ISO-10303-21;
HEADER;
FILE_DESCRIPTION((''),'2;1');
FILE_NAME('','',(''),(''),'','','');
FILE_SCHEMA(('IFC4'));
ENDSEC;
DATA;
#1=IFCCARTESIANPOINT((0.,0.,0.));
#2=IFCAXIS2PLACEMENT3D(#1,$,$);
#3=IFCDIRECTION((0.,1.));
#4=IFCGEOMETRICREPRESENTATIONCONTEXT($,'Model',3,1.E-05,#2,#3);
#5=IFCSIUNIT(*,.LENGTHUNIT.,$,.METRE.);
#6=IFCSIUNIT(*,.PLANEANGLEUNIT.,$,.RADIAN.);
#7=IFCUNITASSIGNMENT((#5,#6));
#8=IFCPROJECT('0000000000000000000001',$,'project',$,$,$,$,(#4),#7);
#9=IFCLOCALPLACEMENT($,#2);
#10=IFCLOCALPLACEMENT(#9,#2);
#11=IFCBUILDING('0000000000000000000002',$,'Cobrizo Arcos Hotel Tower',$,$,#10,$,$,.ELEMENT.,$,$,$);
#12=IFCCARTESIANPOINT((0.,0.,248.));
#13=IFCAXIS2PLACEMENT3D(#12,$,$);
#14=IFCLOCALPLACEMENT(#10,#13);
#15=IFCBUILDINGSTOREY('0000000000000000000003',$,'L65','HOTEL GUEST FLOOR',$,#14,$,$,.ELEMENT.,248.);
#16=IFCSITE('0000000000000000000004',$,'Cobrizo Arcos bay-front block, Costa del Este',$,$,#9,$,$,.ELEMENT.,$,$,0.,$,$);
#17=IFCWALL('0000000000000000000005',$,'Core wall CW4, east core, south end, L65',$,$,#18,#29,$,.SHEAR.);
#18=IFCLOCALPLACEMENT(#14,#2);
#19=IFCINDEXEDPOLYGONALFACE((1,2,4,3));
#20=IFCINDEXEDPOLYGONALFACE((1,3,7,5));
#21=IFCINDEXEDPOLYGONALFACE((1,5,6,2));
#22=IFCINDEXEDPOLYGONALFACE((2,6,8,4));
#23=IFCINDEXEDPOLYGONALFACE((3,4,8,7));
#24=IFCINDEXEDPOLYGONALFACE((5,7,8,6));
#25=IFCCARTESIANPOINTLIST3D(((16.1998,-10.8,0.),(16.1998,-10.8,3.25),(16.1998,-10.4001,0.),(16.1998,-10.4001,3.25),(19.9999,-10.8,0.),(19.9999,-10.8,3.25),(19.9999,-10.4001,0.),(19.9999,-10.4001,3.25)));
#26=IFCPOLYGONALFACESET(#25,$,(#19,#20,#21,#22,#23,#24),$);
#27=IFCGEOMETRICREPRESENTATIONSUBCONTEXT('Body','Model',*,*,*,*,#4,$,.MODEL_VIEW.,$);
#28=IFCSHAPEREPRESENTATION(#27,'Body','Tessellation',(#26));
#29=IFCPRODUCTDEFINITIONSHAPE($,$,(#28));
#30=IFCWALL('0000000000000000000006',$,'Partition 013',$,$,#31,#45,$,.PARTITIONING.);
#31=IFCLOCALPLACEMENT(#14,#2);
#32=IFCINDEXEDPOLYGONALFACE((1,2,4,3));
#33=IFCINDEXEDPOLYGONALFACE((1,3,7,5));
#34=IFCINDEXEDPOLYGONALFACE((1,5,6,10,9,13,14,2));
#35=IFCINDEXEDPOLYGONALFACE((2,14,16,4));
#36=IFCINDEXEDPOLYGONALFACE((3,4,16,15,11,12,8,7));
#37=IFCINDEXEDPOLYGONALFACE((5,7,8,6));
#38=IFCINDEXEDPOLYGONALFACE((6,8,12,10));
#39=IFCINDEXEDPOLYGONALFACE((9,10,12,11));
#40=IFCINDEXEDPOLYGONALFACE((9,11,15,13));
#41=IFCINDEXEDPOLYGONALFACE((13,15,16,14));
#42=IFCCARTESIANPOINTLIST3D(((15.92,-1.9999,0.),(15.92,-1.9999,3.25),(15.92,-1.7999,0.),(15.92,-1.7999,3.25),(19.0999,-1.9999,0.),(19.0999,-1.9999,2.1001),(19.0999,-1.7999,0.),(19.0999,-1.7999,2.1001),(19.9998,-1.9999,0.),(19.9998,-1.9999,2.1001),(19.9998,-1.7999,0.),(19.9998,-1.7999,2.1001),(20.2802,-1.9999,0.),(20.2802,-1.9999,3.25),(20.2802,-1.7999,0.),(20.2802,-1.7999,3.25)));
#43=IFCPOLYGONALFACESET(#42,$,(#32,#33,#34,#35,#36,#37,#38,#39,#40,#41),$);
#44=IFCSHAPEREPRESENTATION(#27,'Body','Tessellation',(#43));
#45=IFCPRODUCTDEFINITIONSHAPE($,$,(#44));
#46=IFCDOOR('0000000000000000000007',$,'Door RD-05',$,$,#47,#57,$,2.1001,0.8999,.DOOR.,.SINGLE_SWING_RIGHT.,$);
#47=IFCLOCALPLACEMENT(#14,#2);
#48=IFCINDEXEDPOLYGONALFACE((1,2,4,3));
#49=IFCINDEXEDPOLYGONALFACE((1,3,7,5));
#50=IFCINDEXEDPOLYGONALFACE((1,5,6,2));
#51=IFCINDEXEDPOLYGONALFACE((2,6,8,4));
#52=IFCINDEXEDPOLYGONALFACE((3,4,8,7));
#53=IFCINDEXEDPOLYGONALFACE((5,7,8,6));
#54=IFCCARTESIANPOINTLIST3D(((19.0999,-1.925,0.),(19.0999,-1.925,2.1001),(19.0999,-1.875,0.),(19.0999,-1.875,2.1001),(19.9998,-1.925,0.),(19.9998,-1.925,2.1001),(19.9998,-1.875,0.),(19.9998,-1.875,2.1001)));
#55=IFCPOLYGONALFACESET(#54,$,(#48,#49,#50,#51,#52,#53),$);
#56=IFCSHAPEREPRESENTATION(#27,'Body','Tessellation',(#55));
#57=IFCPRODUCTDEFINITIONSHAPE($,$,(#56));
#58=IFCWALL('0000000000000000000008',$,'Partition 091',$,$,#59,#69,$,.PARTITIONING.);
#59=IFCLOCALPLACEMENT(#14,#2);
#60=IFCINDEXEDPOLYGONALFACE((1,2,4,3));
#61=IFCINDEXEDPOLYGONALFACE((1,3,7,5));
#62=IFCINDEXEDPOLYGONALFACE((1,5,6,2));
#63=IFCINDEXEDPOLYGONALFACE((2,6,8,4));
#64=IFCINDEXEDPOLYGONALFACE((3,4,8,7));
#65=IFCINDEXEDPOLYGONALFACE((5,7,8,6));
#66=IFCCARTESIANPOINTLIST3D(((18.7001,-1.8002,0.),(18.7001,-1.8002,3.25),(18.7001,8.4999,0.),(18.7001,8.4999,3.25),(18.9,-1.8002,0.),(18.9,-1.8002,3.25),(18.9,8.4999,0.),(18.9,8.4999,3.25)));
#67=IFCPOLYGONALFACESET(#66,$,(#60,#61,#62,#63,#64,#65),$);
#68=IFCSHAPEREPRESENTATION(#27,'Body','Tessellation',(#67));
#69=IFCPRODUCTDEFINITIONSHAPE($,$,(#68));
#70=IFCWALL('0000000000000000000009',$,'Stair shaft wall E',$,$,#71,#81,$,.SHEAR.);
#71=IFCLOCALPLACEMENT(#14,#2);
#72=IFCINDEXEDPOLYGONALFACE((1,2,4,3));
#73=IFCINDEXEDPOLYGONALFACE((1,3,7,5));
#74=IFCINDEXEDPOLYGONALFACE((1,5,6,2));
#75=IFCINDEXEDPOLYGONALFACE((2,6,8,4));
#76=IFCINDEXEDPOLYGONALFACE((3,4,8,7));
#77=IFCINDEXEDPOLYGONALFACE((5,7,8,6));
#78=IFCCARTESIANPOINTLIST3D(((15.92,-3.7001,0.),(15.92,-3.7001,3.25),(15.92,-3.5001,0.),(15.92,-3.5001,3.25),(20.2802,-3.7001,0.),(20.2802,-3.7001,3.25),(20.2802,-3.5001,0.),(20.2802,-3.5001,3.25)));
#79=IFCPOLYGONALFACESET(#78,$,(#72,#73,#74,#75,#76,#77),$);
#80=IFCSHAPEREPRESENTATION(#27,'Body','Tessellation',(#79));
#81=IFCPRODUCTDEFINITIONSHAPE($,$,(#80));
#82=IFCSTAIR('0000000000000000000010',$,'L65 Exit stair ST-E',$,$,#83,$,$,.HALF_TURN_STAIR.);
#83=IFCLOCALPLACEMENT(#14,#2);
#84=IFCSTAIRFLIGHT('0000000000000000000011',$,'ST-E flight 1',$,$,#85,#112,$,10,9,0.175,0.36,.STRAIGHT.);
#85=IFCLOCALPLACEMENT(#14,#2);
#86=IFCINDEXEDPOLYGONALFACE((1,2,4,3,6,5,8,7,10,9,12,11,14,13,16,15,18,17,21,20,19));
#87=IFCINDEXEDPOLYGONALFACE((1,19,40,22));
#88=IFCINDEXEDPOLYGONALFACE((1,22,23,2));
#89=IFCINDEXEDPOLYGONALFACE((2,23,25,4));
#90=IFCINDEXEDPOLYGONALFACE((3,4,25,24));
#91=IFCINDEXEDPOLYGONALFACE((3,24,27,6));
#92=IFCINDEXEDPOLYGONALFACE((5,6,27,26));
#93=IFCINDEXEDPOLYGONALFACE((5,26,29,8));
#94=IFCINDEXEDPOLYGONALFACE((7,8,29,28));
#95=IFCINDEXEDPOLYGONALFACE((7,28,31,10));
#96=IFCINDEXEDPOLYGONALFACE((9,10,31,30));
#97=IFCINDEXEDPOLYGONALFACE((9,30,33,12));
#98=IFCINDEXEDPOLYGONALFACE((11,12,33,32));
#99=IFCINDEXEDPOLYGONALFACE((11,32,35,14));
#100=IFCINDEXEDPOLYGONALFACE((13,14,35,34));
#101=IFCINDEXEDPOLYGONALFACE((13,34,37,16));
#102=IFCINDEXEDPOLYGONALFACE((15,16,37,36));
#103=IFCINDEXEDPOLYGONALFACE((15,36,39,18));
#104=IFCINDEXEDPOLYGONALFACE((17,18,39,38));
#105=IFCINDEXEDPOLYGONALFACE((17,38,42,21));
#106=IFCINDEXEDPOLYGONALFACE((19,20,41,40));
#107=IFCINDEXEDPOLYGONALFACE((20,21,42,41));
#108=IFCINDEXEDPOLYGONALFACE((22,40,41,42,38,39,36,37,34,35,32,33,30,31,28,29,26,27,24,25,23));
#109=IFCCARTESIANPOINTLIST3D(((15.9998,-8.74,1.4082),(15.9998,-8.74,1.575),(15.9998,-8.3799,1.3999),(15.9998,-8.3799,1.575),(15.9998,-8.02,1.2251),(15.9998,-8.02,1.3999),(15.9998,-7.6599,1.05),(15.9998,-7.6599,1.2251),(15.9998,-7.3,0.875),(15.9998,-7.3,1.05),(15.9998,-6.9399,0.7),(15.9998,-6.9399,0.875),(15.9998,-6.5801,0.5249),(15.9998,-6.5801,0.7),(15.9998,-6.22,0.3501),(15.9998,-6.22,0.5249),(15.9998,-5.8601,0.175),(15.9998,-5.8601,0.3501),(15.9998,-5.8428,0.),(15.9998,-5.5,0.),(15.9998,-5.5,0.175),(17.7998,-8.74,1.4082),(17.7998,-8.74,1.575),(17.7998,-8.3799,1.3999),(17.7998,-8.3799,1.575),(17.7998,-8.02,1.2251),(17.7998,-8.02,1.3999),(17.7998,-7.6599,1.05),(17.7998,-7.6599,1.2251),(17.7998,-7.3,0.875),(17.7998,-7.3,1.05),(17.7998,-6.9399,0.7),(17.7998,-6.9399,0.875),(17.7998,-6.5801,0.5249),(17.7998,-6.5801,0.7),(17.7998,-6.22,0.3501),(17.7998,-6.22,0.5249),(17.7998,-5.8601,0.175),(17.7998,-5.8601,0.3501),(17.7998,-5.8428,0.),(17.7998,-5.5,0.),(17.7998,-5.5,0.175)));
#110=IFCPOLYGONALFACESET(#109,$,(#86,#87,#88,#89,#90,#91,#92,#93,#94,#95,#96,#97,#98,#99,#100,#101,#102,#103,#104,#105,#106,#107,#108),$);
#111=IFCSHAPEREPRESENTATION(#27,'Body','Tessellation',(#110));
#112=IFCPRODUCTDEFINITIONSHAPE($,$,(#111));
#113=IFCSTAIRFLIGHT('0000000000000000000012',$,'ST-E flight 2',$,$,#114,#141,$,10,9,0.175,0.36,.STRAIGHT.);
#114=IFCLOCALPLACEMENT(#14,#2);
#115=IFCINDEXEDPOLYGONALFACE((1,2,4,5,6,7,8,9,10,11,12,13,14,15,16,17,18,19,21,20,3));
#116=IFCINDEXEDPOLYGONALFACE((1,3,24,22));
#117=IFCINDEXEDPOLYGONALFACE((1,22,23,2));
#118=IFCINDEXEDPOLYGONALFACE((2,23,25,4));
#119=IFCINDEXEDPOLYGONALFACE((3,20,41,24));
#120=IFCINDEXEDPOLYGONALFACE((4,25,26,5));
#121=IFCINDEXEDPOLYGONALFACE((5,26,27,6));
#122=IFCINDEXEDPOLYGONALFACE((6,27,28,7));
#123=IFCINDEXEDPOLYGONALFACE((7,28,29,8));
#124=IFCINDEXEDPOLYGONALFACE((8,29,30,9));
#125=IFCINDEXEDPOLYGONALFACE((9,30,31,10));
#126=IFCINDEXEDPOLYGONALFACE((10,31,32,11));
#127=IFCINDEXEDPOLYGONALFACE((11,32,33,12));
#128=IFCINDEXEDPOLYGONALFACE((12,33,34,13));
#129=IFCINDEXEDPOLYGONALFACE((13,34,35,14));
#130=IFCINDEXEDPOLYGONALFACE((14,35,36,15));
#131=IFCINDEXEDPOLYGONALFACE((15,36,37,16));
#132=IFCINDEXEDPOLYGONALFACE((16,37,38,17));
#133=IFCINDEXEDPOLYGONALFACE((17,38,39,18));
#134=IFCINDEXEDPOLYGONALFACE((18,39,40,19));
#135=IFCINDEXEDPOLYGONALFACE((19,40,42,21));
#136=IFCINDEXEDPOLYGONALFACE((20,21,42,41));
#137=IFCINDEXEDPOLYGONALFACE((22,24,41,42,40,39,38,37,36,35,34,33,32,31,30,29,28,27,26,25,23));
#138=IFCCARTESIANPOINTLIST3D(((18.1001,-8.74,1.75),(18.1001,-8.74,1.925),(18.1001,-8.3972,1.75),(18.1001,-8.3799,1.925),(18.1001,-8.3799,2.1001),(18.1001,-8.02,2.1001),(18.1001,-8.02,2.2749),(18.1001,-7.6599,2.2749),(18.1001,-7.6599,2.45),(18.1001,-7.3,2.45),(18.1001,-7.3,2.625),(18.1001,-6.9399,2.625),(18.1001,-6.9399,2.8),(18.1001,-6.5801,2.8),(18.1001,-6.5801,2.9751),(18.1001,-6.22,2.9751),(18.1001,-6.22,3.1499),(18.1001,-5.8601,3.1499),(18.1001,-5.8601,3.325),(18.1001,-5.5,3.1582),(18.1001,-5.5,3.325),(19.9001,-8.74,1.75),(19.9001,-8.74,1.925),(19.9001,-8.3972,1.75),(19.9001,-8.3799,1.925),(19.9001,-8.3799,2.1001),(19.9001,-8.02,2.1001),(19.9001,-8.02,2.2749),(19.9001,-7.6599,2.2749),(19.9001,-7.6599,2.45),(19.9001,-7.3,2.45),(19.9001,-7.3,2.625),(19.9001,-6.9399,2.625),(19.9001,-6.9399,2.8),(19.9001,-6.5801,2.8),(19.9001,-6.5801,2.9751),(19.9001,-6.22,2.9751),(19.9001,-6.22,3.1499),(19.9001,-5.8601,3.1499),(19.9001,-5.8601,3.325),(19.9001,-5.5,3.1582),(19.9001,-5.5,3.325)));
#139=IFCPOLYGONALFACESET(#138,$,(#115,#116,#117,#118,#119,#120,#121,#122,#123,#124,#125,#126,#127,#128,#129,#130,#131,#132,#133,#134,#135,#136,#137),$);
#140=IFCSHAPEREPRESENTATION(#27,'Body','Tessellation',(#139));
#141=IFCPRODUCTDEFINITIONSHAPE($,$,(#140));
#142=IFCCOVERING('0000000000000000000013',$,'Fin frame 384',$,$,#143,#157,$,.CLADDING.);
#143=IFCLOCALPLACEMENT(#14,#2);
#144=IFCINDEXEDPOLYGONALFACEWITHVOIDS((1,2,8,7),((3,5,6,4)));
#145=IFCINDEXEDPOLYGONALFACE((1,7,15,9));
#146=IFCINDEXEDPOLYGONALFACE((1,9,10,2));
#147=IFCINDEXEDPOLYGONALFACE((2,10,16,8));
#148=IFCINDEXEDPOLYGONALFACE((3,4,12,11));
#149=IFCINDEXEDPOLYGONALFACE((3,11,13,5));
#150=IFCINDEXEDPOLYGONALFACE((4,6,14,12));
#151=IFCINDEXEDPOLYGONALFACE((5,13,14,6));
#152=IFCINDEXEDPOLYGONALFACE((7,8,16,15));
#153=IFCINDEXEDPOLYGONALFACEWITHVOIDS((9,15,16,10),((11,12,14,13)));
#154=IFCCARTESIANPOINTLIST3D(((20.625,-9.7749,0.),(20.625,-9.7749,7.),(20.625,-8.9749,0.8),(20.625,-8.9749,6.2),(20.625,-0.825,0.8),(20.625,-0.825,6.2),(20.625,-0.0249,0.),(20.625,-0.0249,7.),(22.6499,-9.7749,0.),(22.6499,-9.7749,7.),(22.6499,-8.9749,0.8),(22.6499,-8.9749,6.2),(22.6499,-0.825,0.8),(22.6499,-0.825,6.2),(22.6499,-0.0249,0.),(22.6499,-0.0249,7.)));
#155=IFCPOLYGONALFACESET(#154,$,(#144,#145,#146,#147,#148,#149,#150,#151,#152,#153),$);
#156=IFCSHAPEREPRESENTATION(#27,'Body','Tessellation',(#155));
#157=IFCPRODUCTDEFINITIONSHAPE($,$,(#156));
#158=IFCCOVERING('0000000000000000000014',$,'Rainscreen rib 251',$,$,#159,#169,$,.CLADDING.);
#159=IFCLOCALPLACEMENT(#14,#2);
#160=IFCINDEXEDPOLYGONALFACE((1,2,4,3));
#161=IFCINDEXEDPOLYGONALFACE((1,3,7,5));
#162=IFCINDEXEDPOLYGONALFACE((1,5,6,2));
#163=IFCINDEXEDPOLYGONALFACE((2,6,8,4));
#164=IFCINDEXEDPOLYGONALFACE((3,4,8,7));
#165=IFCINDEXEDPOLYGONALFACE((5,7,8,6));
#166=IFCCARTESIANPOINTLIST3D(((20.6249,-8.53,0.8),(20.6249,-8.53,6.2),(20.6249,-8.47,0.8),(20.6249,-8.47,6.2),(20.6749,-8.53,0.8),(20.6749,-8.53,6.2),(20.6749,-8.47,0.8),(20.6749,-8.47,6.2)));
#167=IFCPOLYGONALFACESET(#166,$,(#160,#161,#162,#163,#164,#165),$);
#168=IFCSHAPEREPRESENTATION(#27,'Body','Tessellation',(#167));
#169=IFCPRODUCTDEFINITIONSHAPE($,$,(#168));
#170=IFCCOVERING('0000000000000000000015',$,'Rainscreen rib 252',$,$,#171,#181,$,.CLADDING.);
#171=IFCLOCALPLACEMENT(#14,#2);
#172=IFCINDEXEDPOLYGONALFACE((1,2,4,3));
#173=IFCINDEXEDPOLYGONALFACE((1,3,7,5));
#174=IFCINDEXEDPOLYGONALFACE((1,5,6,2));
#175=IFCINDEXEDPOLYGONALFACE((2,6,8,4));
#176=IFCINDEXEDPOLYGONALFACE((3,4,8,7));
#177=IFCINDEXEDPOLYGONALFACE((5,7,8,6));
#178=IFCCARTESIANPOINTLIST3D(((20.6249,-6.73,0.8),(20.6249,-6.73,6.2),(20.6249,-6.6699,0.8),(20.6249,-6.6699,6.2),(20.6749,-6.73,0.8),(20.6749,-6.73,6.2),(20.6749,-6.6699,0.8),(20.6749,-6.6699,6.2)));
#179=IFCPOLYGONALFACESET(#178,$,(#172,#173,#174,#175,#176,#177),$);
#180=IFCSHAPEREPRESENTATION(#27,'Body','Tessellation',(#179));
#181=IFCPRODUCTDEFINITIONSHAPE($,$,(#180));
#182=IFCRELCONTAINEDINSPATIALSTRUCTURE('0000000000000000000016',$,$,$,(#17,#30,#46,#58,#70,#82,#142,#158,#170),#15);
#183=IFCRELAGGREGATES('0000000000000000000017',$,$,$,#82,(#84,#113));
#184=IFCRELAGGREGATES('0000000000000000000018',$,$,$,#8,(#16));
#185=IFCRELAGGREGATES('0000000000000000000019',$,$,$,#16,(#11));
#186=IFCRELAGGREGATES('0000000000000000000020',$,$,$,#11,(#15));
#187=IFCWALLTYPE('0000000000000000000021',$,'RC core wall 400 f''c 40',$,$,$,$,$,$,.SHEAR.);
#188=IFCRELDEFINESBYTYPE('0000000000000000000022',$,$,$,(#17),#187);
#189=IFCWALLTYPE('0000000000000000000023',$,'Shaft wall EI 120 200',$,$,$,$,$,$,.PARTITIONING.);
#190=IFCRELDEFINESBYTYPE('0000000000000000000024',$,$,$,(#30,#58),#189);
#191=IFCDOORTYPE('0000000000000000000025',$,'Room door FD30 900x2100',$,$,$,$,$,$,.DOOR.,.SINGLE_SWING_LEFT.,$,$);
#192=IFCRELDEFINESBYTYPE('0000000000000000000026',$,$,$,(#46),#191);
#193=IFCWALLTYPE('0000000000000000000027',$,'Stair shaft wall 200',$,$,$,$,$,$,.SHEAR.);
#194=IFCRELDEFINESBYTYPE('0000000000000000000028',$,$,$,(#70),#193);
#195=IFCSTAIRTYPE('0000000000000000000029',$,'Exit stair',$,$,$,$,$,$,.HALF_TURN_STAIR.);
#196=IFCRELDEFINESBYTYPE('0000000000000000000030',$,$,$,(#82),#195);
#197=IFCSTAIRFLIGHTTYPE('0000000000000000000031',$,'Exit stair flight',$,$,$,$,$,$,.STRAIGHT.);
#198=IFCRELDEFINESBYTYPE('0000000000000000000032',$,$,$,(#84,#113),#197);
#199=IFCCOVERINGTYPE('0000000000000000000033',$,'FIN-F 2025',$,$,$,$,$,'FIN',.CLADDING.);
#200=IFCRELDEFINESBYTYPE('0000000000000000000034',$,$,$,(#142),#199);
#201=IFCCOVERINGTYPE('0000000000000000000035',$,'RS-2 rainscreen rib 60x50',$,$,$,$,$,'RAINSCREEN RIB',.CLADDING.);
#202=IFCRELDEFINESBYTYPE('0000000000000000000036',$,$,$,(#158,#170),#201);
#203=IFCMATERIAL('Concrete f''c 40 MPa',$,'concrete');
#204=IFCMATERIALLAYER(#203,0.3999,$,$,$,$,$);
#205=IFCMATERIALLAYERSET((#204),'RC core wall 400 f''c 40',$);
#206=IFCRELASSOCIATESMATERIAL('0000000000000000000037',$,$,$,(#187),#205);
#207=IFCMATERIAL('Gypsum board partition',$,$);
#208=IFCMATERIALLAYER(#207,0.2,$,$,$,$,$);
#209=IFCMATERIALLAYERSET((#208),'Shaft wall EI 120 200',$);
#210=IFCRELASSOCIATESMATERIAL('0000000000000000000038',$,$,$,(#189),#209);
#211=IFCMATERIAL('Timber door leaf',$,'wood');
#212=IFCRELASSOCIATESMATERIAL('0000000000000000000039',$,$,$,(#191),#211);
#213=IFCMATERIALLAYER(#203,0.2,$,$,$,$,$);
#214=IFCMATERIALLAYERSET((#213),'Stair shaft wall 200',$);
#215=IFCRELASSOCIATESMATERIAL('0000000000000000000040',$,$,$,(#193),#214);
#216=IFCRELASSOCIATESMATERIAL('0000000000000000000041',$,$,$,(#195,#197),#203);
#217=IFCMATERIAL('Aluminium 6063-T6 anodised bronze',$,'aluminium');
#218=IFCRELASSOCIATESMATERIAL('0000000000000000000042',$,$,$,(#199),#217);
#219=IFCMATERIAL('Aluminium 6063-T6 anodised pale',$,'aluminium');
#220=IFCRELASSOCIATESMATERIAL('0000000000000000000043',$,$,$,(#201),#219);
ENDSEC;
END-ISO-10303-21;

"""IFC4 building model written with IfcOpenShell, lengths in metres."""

from ifc_helpers import new_model, si_unit, direction, frame, frame_2d, origin, origin_2d, place, context, subcontext, project, spatial, polyline, rectangle, outline, extrude, material, layer, layer_set, type_object, element, fill, aggregate, save


model = new_model("IFC4")

# Units and contexts
model_context = context("Model", 3, precision=1e-05, world=origin(), true_north=direction((0.0, 1.0)))
body_context = subcontext(model_context, "Body", "Model", "MODEL_VIEW")
ifc_project = project(units=[si_unit("LENGTHUNIT", "METRE"), si_unit("PLANEANGLEUNIT", "RADIAN")], contexts=[model_context])

# Site, building, storey
site_placement = place(None, origin())
site = spatial("IfcSite", under=ifc_project, at=site_placement, Name="Cobrizo Arcos bay-front block, Costa del Este", CompositionType="ELEMENT", RefElevation=0.0)
building_placement = place(site_placement, origin())
building = spatial("IfcBuilding", under=site, at=building_placement, Name="Cobrizo Arcos Hotel Tower", CompositionType="ELEMENT")
storey_placement = place(building_placement, frame((0.0, 0.0, 248.0)))
storey = spatial("IfcBuildingStorey", under=building, at=storey_placement, Name="L65", Description="HOTEL GUEST FLOOR", CompositionType="ELEMENT", Elevation=248.0)

# Wall
ifc_material_1 = material(Name="Concrete f'c 40 MPa", Category="concrete")
ifc_layer_1 = layer(ifc_material_1, 0.3999)
ifc_layer_set_1 = layer_set([ifc_layer_1], Name="RC core wall 400 f'c 40")
wall_type_1 = type_object("IfcWallType", Name="RC core wall 400 f'c 40", PredefinedType="SHEAR", material=ifc_layer_set_1)
wall_1_placement = place(storey_placement, frame((16.2, -10.6001, 0.0), z_axis=(0.0, 0.0, 1.0), x_axis=(1.0, 0.0, 0.0)))
element("IfcWall", 1, at=wall_1_placement, inside=storey, type_object=wall_type_1, Name="Core wall CW4, east core, south end, L65", PredefinedType="SHEAR", context=body_context, shape_type="SweptSolid", body=[
    extrude(rectangle(XDim=3.8, YDim=0.3999, at=frame_2d((1.8999, 0.0))), origin(), (0.0, 0.0, 1.0), 3.25),
])

# Wall, opening, door
ifc_material_2 = material(Name="Gypsum board partition")
ifc_layer_2 = layer(ifc_material_2, 0.2)
ifc_layer_set_2 = layer_set([ifc_layer_2], Name="Shaft wall EI 120 200")
wall_type_2 = type_object("IfcWallType", Name="Shaft wall EI 120 200", PredefinedType="PARTITIONING", material=ifc_layer_set_2)
wall_2_placement = place(storey_placement, frame((15.9199, -1.8999, 0.0), z_axis=(0.0, 0.0, 1.0), x_axis=(1.0, 0.0, 0.0)))
wall_2 = element("IfcWall", 2, at=wall_2_placement, inside=storey, type_object=wall_type_2, Name="Partition 013", PredefinedType="PARTITIONING", context=body_context, shape_type="SweptSolid", body=[
    extrude(rectangle(XDim=4.3601, YDim=0.2, at=frame_2d((2.1802, 0.0))), origin(), (0.0, 0.0, 1.0), 3.25),
])
opening_placement = place(wall_2_placement, frame((3.1799, 0.0, 0.0)))
opening = element("IfcOpeningElement", 3, at=opening_placement, cuts=wall_2, PredefinedType="OPENING", context=body_context, shape_type="SweptSolid", body=[
    extrude(rectangle(XDim=0.8999, YDim=2.1001, at=frame_2d((0.45, 1.05))), frame((0.0, 0.1121, 0.0), z_axis=(0.0, -1.0, 0.0), x_axis=(1.0, 0.0, 0.0)), (0.0, 0.0, 1.0), 0.2239),
])
ifc_material_3 = material(Name="Timber door leaf", Category="wood")
door_type = type_object("IfcDoorType", Name="Room door FD30 900x2100", OperationType="SINGLE_SWING_LEFT", PredefinedType="DOOR", material=ifc_material_3)
door_placement = place(opening_placement, origin())
door = element("IfcDoor", 4, at=door_placement, inside=storey, type_object=door_type, Name="Door RD-05", OperationType="SINGLE_SWING_RIGHT", OverallHeight=2.1001, OverallWidth=0.8999, PredefinedType="DOOR", context=body_context, shape_type="SweptSolid", body=[
    extrude(rectangle(XDim=0.8999, YDim=2.1001, at=frame_2d((0.45, 1.05))), frame((0.0, 0.0249, 0.0), z_axis=(0.0, -1.0, 0.0), x_axis=(1.0, 0.0, 0.0)), (0.0, 0.0, 1.0), 0.05),
])
fill(opening, door)

# Walls
wall_3_placement = place(storey_placement, frame((18.8, -1.8, 0.0), z_axis=(0.0, 0.0, 1.0), x_axis=(0.0, 1.0, 0.0)))
element("IfcWall", 5, at=wall_3_placement, inside=storey, type_object=wall_type_2, Name="Partition 091", PredefinedType="PARTITIONING", context=body_context, shape_type="SweptSolid", body=[
    extrude(rectangle(XDim=10.3, YDim=0.2, at=frame_2d((5.1499, 0.0))), origin(), (0.0, 0.0, 1.0), 3.25),
])
ifc_layer_3 = layer(ifc_material_1, 0.2)
ifc_layer_set_3 = layer_set([ifc_layer_3], Name="Stair shaft wall 200")
wall_type_3 = type_object("IfcWallType", Name="Stair shaft wall 200", PredefinedType="SHEAR", material=ifc_layer_set_3)
wall_4_placement = place(storey_placement, frame((15.9199, -3.6001, 0.0), z_axis=(0.0, 0.0, 1.0), x_axis=(1.0, 0.0, 0.0)))
element("IfcWall", 6, at=wall_4_placement, inside=storey, type_object=wall_type_3, Name="Stair shaft wall E", PredefinedType="SHEAR", context=body_context, shape_type="SweptSolid", body=[
    extrude(rectangle(XDim=4.3601, YDim=0.2, at=frame_2d((2.1802, 0.0))), origin(), (0.0, 0.0, 1.0), 3.25),
])

# Stair, stair flights
stair_type = type_object("IfcStairType", Name="Exit stair", PredefinedType="HALF_TURN_STAIR", material=ifc_material_1)
stair_placement = place(storey_placement, origin())
stair = element("IfcStair", 7, at=stair_placement, inside=storey, type_object=stair_type, Name="L65 Exit stair ST-E", PredefinedType="HALF_TURN_STAIR")
stair_flight_type = type_object("IfcStairFlightType", Name="Exit stair flight", PredefinedType="STRAIGHT", material=ifc_material_1)
stair_flight_1_placement = place(storey_placement, frame((16.8999, -5.5, 0.0), z_axis=(0.0, 0.0, 1.0), x_axis=(0.0, -1.0, 0.0)))
stair_flight_1 = element("IfcStairFlight", 8, at=stair_flight_1_placement, type_object=stair_flight_type, Name="ST-E flight 1", NumberOfRisers=10, NumberOfTreads=9, PredefinedType="STRAIGHT", RiserHeight=0.175, TreadLength=0.36, context=body_context, shape_type="SweptSolid", body=[
    extrude(outline(polyline([(0.0, 0.0), (0.0, 0.175), (0.3601, 0.175), (0.3601, 0.3501), (0.72, 0.3501), (0.72, 0.5249), (1.0801, 0.5249), (1.0801, 0.7), (1.4399, 0.7), (1.4399, 0.875), (1.8, 0.875), (1.8, 1.05), (2.1599, 1.05), (2.1599, 1.2251), (2.52, 1.2251), (2.52, 1.3999), (2.8799, 1.3999), (2.8799, 1.575), (3.24, 1.575), (3.24, 1.75), (3.24, 1.4082), (0.3428, 0.0), (0.0, 0.0)])), frame((0.0, 0.8999, 0.0), z_axis=(0.0, -1.0, 0.0), x_axis=(1.0, 0.0, 0.0)), (0.0, 0.0, 1.0), 1.8),
])
stair_flight_2_placement = place(storey_placement, frame((19.0, -8.74, 1.75), z_axis=(0.0, 0.0, 1.0), x_axis=(0.0, 1.0, 0.0)))
stair_flight_2 = element("IfcStairFlight", 9, at=stair_flight_2_placement, type_object=stair_flight_type, Name="ST-E flight 2", NumberOfRisers=10, NumberOfTreads=9, PredefinedType="STRAIGHT", RiserHeight=0.175, TreadLength=0.36, context=body_context, shape_type="SweptSolid", body=[
    extrude(outline(polyline([(0.0, 0.0), (0.0, 0.175), (0.3601, 0.175), (0.3601, 0.3501), (0.72, 0.3501), (0.72, 0.5249), (1.0801, 0.5249), (1.0801, 0.7), (1.4399, 0.7), (1.4399, 0.875), (1.8, 0.875), (1.8, 1.05), (2.1599, 1.05), (2.1599, 1.2251), (2.52, 1.2251), (2.52, 1.3999), (2.8799, 1.3999), (2.8799, 1.575), (3.24, 1.575), (3.24, 1.75), (3.24, 1.4082), (0.3428, 0.0), (0.0, 0.0)])), frame((0.0, 0.8999, 0.0), z_axis=(0.0, -1.0, 0.0), x_axis=(1.0, 0.0, 0.0)), (0.0, 0.0, 1.0), 1.8),
])
aggregate(stair, [stair_flight_1, stair_flight_2])

# Coverings
ifc_material_4 = material(Name="Aluminium 6063-T6 anodised bronze", Category="aluminium")
covering_type_1 = type_object("IfcCoveringType", Name="FIN-F 2025", ElementType="FIN", PredefinedType="CLADDING", material=ifc_material_4)
covering_placement = place(storey_placement, frame((20.625, -9.7749, 0.0), z_axis=(1.0, 0.0, 0.0), x_axis=(0.0, 1.0, 0.0)))
element("IfcCovering", 10, at=covering_placement, inside=storey, type_object=covering_type_1, Name="Fin frame 384", PredefinedType="CLADDING", context=body_context, shape_type="SweptSolid", body=[
    extrude(outline(polyline([(0.0, 7.0), (0.0, 0.0), (9.75, 0.0), (9.75, 7.0), (0.0, 7.0)]), holes=[polyline([(8.95, 0.8), (0.8, 0.8), (0.8, 6.2), (8.95, 6.2), (8.95, 0.8)])]), origin(), (0.0, 0.0, 1.0), 2.0249),
])
ifc_material_5 = material(Name="Aluminium 6063-T6 anodised pale", Category="aluminium")
covering_type_2 = type_object("IfcCoveringType", Name="RS-2 rainscreen rib 60x50", ElementType="RAINSCREEN RIB", PredefinedType="CLADDING", material=ifc_material_5)
for number, where, z_axis, x_axis, name in (
    (11, (20.6499, -8.5, 0.8), (0.0, 0.0, 1.0), (0.0, 1.0, 0.0), "Rainscreen rib 251"),
    (12, (20.6499, -6.7, 0.8), (0.0, 0.0, 1.0), (0.0, 1.0, 0.0), "Rainscreen rib 252"),
):
    element("IfcCovering", number, at=place(storey_placement, frame(where, z_axis=z_axis, x_axis=x_axis)), inside=storey, type_object=covering_type_2, Name=name, PredefinedType="CLADDING", context=body_context, shape_type="SweptSolid", body=[
        extrude(rectangle(XDim=0.0601, YDim=0.05, at=origin_2d()), origin(), (0.0, 0.0, 1.0), 5.3999),
    ])

save(model, "model.ifc")
